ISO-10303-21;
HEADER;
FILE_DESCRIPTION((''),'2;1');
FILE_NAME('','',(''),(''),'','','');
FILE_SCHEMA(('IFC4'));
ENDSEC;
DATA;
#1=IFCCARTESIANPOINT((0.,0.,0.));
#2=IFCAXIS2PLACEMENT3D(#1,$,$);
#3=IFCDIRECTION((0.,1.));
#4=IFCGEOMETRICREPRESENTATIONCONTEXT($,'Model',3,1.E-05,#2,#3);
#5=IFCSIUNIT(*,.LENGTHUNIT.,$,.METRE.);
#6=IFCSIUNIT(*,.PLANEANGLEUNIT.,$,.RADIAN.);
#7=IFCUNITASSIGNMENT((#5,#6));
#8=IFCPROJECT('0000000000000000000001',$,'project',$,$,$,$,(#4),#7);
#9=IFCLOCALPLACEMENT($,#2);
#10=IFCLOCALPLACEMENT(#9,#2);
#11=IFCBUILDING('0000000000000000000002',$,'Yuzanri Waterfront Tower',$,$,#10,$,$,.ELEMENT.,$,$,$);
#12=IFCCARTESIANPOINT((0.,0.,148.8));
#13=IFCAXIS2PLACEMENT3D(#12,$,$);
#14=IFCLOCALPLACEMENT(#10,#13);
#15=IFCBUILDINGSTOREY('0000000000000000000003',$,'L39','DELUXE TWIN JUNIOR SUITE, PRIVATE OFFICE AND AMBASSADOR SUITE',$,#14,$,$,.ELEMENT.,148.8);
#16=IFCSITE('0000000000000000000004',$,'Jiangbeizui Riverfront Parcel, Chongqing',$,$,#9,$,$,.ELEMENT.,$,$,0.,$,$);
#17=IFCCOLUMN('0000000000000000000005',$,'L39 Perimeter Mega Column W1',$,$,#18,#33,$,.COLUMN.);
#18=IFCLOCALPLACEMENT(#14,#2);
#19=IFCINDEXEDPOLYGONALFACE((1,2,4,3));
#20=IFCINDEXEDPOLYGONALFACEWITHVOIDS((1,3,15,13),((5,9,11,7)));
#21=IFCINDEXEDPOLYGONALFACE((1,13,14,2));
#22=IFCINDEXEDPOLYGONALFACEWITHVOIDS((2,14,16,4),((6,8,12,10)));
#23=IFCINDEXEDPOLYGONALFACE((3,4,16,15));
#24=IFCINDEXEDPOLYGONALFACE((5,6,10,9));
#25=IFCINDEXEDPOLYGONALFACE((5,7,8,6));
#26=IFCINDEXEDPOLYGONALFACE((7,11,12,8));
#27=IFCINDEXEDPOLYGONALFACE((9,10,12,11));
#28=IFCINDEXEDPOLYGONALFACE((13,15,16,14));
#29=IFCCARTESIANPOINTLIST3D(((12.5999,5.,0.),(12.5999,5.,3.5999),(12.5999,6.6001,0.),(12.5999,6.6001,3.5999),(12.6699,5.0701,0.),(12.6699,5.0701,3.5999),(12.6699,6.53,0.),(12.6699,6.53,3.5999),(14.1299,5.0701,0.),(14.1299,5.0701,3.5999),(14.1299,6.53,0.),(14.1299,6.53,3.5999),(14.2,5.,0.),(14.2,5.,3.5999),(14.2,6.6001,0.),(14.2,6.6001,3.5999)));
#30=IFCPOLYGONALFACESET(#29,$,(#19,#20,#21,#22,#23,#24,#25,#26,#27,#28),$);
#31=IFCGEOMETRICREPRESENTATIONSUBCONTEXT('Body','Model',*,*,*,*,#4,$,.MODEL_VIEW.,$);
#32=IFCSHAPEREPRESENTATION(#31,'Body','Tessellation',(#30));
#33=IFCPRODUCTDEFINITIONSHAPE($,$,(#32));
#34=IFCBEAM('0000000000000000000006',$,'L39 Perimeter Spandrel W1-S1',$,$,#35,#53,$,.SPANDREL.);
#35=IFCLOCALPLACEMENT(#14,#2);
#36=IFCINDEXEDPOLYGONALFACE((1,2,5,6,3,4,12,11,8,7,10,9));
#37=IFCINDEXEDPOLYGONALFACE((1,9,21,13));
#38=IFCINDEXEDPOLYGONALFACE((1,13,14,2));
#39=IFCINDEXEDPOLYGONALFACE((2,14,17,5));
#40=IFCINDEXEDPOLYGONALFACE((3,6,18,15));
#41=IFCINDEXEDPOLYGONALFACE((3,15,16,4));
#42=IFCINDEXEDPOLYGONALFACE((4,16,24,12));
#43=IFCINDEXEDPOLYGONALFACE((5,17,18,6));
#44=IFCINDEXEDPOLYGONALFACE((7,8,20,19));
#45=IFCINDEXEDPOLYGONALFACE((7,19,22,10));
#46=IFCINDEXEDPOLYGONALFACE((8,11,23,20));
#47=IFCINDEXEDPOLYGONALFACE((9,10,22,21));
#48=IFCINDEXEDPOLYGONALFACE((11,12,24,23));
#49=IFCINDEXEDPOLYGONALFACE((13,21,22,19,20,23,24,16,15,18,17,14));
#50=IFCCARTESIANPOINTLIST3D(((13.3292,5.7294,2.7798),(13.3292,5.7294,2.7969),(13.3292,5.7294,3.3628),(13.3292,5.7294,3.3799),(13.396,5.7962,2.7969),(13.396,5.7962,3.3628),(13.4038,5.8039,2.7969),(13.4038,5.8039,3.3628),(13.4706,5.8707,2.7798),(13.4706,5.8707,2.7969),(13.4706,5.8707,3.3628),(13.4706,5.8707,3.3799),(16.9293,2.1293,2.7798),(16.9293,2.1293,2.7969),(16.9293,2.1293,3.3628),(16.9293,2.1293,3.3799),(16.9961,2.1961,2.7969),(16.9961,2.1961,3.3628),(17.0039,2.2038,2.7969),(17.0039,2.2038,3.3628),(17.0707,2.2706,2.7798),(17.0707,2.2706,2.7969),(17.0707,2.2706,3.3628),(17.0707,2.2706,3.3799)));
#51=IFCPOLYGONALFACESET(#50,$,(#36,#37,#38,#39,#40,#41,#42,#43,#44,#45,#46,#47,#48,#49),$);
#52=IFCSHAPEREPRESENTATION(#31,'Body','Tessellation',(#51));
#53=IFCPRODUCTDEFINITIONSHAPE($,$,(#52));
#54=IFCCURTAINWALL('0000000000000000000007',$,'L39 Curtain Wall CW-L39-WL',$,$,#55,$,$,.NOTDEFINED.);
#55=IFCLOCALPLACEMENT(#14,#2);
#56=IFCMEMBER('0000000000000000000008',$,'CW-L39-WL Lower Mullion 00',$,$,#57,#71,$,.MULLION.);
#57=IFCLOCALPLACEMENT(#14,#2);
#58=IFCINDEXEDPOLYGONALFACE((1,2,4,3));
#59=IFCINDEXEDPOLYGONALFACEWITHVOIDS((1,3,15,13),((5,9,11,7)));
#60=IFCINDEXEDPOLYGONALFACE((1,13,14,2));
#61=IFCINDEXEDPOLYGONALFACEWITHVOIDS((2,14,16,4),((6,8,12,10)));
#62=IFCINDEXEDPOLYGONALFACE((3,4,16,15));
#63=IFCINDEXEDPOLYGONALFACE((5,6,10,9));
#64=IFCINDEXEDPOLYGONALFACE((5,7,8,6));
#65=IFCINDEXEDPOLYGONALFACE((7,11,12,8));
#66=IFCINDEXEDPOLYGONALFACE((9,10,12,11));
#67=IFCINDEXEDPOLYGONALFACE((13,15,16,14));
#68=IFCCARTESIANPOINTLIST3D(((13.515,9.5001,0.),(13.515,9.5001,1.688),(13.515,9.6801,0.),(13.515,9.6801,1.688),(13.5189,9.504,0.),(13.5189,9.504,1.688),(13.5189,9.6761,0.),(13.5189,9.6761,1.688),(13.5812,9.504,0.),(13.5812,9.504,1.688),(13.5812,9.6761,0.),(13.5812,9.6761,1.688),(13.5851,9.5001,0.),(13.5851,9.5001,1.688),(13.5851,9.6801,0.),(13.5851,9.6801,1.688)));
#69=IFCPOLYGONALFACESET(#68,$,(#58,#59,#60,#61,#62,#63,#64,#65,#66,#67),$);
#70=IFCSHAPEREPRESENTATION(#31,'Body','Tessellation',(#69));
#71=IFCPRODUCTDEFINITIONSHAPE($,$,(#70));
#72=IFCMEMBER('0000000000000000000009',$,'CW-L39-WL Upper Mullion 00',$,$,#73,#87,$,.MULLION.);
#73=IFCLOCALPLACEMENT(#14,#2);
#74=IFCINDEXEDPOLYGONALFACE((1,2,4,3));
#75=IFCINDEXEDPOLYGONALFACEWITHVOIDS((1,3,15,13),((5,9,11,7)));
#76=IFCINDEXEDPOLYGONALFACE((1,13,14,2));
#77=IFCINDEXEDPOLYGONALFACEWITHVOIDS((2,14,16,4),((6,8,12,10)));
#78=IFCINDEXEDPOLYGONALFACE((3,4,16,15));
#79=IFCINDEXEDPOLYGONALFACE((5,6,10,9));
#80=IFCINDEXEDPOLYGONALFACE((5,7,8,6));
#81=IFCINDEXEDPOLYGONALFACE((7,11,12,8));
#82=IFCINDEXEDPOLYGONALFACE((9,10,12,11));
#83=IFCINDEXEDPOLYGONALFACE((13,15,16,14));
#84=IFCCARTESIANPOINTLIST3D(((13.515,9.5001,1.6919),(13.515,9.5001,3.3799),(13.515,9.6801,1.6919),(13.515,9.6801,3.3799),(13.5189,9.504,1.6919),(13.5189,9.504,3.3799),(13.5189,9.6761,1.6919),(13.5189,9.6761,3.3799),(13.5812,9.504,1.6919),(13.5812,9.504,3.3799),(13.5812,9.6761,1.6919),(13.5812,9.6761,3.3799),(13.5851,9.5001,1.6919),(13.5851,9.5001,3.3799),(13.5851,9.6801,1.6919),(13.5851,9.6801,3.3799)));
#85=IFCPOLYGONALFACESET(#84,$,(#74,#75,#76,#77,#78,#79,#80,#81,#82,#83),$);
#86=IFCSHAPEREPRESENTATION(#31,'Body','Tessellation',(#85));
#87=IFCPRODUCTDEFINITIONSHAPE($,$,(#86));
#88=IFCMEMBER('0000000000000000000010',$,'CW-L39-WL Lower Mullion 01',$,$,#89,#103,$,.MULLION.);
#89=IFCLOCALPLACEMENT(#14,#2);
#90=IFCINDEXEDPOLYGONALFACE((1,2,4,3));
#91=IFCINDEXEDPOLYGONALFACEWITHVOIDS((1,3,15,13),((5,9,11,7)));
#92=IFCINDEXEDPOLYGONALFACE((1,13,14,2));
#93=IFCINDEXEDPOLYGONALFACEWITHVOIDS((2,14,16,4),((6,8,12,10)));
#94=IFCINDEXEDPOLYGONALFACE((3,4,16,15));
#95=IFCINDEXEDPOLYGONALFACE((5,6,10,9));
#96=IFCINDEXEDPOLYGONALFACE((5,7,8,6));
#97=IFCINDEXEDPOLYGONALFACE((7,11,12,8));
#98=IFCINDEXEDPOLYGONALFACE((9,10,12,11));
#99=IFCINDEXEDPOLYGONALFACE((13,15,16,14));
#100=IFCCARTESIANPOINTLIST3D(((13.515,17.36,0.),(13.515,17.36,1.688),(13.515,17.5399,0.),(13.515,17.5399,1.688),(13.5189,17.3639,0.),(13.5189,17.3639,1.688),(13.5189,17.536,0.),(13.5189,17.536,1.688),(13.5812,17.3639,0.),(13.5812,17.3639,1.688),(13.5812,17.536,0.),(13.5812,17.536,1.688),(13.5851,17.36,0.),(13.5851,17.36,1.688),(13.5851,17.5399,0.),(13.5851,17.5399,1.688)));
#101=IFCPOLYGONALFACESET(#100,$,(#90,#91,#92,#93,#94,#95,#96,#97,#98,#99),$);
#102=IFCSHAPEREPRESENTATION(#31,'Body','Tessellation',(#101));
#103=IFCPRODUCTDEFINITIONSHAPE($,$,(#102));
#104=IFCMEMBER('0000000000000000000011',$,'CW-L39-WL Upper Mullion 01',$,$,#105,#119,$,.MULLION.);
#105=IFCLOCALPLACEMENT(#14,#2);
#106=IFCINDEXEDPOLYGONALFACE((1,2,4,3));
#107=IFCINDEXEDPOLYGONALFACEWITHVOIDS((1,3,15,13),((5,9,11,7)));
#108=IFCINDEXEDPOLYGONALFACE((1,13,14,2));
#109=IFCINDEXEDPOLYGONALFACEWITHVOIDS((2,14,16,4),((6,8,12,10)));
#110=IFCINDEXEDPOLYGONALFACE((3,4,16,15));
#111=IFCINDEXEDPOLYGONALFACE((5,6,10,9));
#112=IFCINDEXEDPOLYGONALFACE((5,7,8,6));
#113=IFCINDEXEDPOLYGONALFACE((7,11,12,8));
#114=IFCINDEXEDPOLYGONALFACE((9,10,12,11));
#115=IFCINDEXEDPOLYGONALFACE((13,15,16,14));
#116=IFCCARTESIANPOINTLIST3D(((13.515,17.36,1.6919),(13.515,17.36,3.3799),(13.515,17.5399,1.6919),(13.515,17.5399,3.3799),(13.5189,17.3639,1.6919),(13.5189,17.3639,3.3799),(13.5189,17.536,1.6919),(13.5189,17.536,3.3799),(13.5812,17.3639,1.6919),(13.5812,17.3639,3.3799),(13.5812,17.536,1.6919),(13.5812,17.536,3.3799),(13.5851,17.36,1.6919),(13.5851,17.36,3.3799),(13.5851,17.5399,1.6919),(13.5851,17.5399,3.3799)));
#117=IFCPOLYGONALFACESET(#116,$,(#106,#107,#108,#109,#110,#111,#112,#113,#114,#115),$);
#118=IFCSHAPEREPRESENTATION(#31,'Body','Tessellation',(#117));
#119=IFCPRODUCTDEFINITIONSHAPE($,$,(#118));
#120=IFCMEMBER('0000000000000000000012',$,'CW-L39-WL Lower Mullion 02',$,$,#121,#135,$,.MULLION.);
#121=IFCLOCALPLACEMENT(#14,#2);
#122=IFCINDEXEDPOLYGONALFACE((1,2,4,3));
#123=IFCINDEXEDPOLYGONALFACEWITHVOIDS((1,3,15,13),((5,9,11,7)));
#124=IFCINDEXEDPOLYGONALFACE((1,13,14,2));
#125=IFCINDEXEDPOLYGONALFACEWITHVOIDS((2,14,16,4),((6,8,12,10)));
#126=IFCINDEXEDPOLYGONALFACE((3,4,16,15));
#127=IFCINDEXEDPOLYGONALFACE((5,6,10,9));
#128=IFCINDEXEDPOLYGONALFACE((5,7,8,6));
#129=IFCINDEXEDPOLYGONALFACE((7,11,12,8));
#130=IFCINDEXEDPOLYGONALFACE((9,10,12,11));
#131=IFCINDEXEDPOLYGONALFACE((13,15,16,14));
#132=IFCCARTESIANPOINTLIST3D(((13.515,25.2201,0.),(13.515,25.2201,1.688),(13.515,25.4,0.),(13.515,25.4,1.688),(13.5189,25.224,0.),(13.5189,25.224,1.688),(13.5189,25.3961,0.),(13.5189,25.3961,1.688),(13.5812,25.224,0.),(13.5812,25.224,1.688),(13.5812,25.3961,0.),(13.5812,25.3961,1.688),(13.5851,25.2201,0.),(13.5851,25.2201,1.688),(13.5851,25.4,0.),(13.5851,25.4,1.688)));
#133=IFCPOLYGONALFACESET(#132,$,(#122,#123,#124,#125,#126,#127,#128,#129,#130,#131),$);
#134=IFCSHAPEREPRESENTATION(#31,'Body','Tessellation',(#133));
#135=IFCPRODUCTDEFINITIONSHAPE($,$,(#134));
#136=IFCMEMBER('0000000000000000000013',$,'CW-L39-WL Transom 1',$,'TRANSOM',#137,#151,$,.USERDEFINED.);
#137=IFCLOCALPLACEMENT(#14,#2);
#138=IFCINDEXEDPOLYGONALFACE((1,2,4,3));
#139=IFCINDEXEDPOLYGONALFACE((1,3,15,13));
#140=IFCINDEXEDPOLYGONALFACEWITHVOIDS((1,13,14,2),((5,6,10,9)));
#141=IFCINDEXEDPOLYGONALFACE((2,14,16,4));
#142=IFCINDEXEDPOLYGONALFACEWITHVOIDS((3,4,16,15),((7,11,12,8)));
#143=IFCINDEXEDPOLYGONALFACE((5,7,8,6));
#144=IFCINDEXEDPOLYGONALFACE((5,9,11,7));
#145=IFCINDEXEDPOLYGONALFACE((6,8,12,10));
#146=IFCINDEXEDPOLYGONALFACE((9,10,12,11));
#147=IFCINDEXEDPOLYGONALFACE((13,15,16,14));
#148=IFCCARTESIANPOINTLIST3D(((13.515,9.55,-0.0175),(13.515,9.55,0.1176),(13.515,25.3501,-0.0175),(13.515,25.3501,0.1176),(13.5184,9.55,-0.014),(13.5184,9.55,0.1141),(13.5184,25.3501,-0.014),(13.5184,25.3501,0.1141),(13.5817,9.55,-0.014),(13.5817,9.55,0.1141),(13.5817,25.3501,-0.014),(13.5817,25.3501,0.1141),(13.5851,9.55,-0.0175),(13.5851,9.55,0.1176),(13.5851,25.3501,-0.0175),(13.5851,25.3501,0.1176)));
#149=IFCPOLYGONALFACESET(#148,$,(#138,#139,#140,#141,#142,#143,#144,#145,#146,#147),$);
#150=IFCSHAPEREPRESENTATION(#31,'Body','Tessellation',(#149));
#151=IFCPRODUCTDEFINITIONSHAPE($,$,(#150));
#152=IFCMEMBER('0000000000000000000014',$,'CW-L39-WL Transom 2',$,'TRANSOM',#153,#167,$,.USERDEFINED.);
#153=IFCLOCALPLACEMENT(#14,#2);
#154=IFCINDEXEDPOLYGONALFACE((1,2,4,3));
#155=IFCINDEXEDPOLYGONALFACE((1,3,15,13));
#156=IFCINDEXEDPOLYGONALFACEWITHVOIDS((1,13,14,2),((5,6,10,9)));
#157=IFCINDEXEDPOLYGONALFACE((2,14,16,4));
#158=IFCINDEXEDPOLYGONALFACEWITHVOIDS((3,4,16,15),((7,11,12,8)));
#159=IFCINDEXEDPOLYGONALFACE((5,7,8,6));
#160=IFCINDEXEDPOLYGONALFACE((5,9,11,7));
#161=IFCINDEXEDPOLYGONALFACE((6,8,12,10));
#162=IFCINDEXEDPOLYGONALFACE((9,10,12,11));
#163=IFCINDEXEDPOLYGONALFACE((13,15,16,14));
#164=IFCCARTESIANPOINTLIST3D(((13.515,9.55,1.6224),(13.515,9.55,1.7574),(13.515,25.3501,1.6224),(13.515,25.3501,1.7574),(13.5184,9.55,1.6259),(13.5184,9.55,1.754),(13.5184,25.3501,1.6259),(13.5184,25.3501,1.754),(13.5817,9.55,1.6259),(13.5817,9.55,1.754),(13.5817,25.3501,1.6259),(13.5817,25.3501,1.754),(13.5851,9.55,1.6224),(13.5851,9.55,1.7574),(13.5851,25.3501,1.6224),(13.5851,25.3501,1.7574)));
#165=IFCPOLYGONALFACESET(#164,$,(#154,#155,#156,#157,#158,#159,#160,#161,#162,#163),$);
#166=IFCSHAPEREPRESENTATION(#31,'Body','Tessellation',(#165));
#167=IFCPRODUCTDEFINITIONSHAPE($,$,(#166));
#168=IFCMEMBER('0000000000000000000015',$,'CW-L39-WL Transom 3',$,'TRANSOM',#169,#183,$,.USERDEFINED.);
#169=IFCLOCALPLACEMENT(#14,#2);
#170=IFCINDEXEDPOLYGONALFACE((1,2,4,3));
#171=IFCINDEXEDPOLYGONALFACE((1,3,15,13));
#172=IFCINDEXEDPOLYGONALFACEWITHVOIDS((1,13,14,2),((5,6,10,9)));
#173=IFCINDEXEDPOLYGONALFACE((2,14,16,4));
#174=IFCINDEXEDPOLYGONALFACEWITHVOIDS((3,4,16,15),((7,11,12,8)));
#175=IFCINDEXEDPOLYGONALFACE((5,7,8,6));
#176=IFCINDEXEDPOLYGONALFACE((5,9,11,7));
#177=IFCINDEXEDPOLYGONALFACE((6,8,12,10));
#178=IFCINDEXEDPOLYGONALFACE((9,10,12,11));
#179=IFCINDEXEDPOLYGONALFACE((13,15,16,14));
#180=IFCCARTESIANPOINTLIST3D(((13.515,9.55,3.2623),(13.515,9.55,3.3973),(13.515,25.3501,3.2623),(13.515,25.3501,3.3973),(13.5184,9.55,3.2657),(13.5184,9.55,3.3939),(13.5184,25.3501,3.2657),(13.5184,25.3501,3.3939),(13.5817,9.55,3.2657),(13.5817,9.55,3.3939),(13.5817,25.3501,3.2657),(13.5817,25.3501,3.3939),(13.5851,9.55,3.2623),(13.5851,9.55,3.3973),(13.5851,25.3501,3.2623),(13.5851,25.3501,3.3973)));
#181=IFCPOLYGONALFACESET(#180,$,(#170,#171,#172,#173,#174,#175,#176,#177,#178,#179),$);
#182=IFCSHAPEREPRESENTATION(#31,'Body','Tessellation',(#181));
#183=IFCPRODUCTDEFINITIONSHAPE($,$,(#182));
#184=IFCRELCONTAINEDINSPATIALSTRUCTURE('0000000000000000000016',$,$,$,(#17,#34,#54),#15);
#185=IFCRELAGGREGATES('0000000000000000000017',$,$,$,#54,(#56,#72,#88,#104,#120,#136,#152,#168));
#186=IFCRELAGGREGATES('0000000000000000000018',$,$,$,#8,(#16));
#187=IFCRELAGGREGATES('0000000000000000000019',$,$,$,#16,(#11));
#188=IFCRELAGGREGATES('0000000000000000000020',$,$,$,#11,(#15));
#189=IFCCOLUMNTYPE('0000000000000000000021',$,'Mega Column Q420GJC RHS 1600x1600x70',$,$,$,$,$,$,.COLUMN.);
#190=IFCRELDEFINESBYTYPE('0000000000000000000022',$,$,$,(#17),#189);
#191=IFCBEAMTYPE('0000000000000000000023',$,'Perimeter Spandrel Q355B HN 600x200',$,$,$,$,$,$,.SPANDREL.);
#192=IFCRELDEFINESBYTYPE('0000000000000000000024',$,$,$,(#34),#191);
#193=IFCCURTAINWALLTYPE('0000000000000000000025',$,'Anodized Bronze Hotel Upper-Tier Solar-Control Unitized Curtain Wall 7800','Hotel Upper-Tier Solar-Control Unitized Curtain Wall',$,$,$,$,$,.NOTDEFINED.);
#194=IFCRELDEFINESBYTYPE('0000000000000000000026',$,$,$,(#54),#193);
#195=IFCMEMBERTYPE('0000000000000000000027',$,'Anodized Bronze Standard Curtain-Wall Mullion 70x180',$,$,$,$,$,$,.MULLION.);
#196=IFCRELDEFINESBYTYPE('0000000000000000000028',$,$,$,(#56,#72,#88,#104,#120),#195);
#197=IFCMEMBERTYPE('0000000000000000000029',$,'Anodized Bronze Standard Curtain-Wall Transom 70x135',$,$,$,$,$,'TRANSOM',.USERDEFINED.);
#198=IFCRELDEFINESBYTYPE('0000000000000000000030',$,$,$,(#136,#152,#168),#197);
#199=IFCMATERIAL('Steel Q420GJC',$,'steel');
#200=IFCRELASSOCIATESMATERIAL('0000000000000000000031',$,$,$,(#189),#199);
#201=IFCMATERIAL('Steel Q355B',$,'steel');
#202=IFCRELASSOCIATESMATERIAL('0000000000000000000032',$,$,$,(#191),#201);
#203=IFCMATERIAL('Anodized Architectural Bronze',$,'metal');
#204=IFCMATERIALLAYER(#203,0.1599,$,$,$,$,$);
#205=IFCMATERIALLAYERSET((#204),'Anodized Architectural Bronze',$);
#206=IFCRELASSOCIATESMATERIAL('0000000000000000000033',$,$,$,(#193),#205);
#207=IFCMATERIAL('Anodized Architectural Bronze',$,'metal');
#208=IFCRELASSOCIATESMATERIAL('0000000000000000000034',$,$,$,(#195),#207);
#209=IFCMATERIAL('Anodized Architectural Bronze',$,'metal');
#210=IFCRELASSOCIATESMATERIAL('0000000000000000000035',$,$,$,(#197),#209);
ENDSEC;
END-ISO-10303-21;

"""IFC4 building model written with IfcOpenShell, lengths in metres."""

from ifc_helpers import new_model, si_unit, direction, frame, origin, origin_2d, place, context, subcontext, project, spatial, hollow_rectangle, i_section, extrude, source, transform, mapped, material, layer, layer_set, material_profile, profile_set, type_object, element, aggregate, save


model = new_model("IFC4")

# Units and contexts
model_context = context("Model", 3, precision=1e-05, world=origin(), true_north=direction((0.0, 1.0)))
body_context = subcontext(model_context, "Body", "Model", "MODEL_VIEW")
ifc_project = project(units=[si_unit("LENGTHUNIT", "METRE"), si_unit("PLANEANGLEUNIT", "RADIAN")], contexts=[model_context])

# Site, building, storey
site_placement = place(None, origin())
site = spatial("IfcSite", under=ifc_project, at=site_placement, Name="Jiangbeizui Riverfront Parcel, Chongqing", CompositionType="ELEMENT", RefElevation=0.0)
building_placement = place(site_placement, origin())
building = spatial("IfcBuilding", under=site, at=building_placement, Name="Yuzanri Waterfront Tower", CompositionType="ELEMENT")
storey_placement = place(building_placement, frame((0.0, 0.0, 148.8)))
storey = spatial("IfcBuildingStorey", under=building, at=storey_placement, Name="L39", Description="DELUXE TWIN JUNIOR SUITE, PRIVATE OFFICE AND AMBASSADOR SUITE", CompositionType="ELEMENT", Elevation=148.8)

# Column
ifc_material_1 = material(Name="Steel Q420GJC", Category="steel")
ifc_material_profile_1 = material_profile(ifc_material_1, hollow_rectangle(XDim=1.6001, YDim=1.6001, WallThickness=0.0701, at=origin_2d()), Name="RHS 1600x1600x70")
ifc_profile_set_1 = profile_set([ifc_material_profile_1], Name="Steel Q420GJC")
column_type = type_object("IfcColumnType", Name="Mega Column Q420GJC RHS 1600x1600x70", PredefinedType="COLUMN", material=ifc_profile_set_1)
shared_shape_1 = source(origin(), body_context, "Body", "SweptSolid", [
    extrude(hollow_rectangle(XDim=1.6001, YDim=1.6001, WallThickness=0.0701, at=origin_2d()), origin(), (0.0, 0.0, 1.0), 3.5999),
])
column_placement = place(storey_placement, frame((13.3999, 5.8, 0.0), z_axis=(0.0, 0.0, 1.0), x_axis=(1.0, 0.0, 0.0)))
element("IfcColumn", 1, at=column_placement, inside=storey, type_object=column_type, Name="L39 Perimeter Mega Column W1", PredefinedType="COLUMN", context=body_context, shape_type="MappedRepresentation", body=[
    mapped(shared_shape_1, transform((0.0, 0.0, 0.0), scale=1.0)),
])

# Beam
ifc_material_2 = material(Name="Steel Q355B", Category="steel")
ifc_material_profile_2 = material_profile(ifc_material_2, i_section(OverallWidth=0.2, OverallDepth=0.6001, WebThickness=0.011, FlangeThickness=0.0171, at=origin_2d()), Name="HN 600x200x11x17")
ifc_profile_set_2 = profile_set([ifc_material_profile_2], Name="Steel Q355B")
beam_type = type_object("IfcBeamType", Name="Perimeter Spandrel Q355B HN 600x200", PredefinedType="SPANDREL", material=ifc_profile_set_2)
shared_shape_2 = source(origin(), body_context, "Body", "SweptSolid", [
    extrude(i_section(OverallWidth=0.2, OverallDepth=0.6001, WebThickness=0.011, FlangeThickness=0.0171, at=origin_2d()), origin(), (0.0, 0.0, 1.0), 5.0913),
])
beam_placement = place(storey_placement, frame((13.3999, 5.8, 3.0798), z_axis=(0.707107, -0.707107, 0.0), x_axis=(0.707107, 0.707107, 0.0)))
element("IfcBeam", 2, at=beam_placement, inside=storey, type_object=beam_type, Name="L39 Perimeter Spandrel W1-S1", PredefinedType="SPANDREL", context=body_context, shape_type="MappedRepresentation", body=[
    mapped(shared_shape_2, transform((0.0, 0.0, 0.0), scale=1.0)),
])

# Curtain wall, members
ifc_material_3 = material(Name="Anodized Architectural Bronze", Category="metal")
ifc_layer_1 = layer(ifc_material_3, 0.1599)
ifc_layer_set_1 = layer_set([ifc_layer_1], Name="Anodized Architectural Bronze")
curtain_wall_type = type_object("IfcCurtainWallType", Name="Anodized Bronze Hotel Upper-Tier Solar-Control Unitized Curtain Wall 7800", Description="Hotel Upper-Tier Solar-Control Unitized Curtain Wall", PredefinedType="NOTDEFINED", material=ifc_layer_set_1)
curtain_wall_placement = place(storey_placement, origin())
curtain_wall = element("IfcCurtainWall", 3, at=curtain_wall_placement, inside=storey, type_object=curtain_wall_type, Name="L39 Curtain Wall CW-L39-WL", PredefinedType="NOTDEFINED")
ifc_material_4 = material(Name="Anodized Architectural Bronze", Category="metal")
ifc_material_profile_3 = material_profile(ifc_material_4, hollow_rectangle(XDim=0.0701, YDim=0.1799, WallThickness=0.0039, at=origin_2d()), Name="CWM 70x180")
ifc_profile_set_3 = profile_set([ifc_material_profile_3], Name="Anodized Architectural Bronze")
member_type_1 = type_object("IfcMemberType", Name="Anodized Bronze Standard Curtain-Wall Mullion 70x180", PredefinedType="MULLION", material=ifc_profile_set_3)
shared_shape_3 = source(origin(), body_context, "Body", "SweptSolid", [
    extrude(hollow_rectangle(XDim=0.0701, YDim=0.1799, WallThickness=0.0039, at=origin_2d()), origin(), (0.0, 0.0, 1.0), 1.688),
])
member_1_placement = place(storey_placement, frame((13.55, 9.5901, 0.0), z_axis=(0.0, 0.0, 1.0), x_axis=(1.0, 0.0, 0.0)))
member_1 = element("IfcMember", 4, at=member_1_placement, type_object=member_type_1, Name="CW-L39-WL Lower Mullion 00", PredefinedType="MULLION", context=body_context, shape_type="MappedRepresentation", body=[
    mapped(shared_shape_3, transform((0.0, 0.0, 0.0), scale=1.0)),
])
member_2_placement = place(storey_placement, frame((13.55, 9.5901, 1.6919), z_axis=(0.0, 0.0, 1.0), x_axis=(1.0, 0.0, 0.0)))
member_2 = element("IfcMember", 5, at=member_2_placement, type_object=member_type_1, Name="CW-L39-WL Upper Mullion 00", PredefinedType="MULLION", context=body_context, shape_type="MappedRepresentation", body=[
    mapped(shared_shape_3, transform((0.0, 0.0, 0.0), scale=1.0)),
])
member_3_placement = place(storey_placement, frame((13.55, 17.45, 0.0), z_axis=(0.0, 0.0, 1.0), x_axis=(1.0, 0.0, 0.0)))
member_3 = element("IfcMember", 6, at=member_3_placement, type_object=member_type_1, Name="CW-L39-WL Lower Mullion 01", PredefinedType="MULLION", context=body_context, shape_type="MappedRepresentation", body=[
    mapped(shared_shape_3, transform((0.0, 0.0, 0.0), scale=1.0)),
])
member_4_placement = place(storey_placement, frame((13.55, 17.45, 1.6919), z_axis=(0.0, 0.0, 1.0), x_axis=(1.0, 0.0, 0.0)))
member_4 = element("IfcMember", 7, at=member_4_placement, type_object=member_type_1, Name="CW-L39-WL Upper Mullion 01", PredefinedType="MULLION", context=body_context, shape_type="MappedRepresentation", body=[
    mapped(shared_shape_3, transform((0.0, 0.0, 0.0), scale=1.0)),
])
member_5_placement = place(storey_placement, frame((13.55, 25.3101, 0.0), z_axis=(0.0, 0.0, 1.0), x_axis=(1.0, 0.0, 0.0)))
member_5 = element("IfcMember", 8, at=member_5_placement, type_object=member_type_1, Name="CW-L39-WL Lower Mullion 02", PredefinedType="MULLION", context=body_context, shape_type="MappedRepresentation", body=[
    mapped(shared_shape_3, transform((0.0, 0.0, 0.0), scale=1.0)),
])
ifc_material_5 = material(Name="Anodized Architectural Bronze", Category="metal")
ifc_material_profile_4 = material_profile(ifc_material_5, hollow_rectangle(XDim=0.0701, YDim=0.135, WallThickness=0.0034, at=origin_2d()), Name="CWT 70x135")
ifc_profile_set_4 = profile_set([ifc_material_profile_4], Name="Anodized Architectural Bronze")
member_type_2 = type_object("IfcMemberType", Name="Anodized Bronze Standard Curtain-Wall Transom 70x135", ElementType="TRANSOM", PredefinedType="USERDEFINED", material=ifc_profile_set_4)
shared_shape_4 = source(origin(), body_context, "Body", "SweptSolid", [
    extrude(hollow_rectangle(XDim=0.0701, YDim=0.135, WallThickness=0.0034, at=origin_2d()), origin(), (0.0, 0.0, 1.0), 15.8),
])
member_6_placement = place(storey_placement, frame((13.55, 9.55, 0.05), z_axis=(0.0, 1.0, 0.0), x_axis=(-1.0, 0.0, 0.0)))
member_6 = element("IfcMember", 9, at=member_6_placement, type_object=member_type_2, Name="CW-L39-WL Transom 1", ObjectType="TRANSOM", PredefinedType="USERDEFINED", context=body_context, shape_type="MappedRepresentation", body=[
    mapped(shared_shape_4, transform((0.0, 0.0, 0.0), scale=1.0)),
])
member_7_placement = place(storey_placement, frame((13.55, 9.55, 1.6899), z_axis=(0.0, 1.0, 0.0), x_axis=(-1.0, 0.0, 0.0)))
member_7 = element("IfcMember", 10, at=member_7_placement, type_object=member_type_2, Name="CW-L39-WL Transom 2", ObjectType="TRANSOM", PredefinedType="USERDEFINED", context=body_context, shape_type="MappedRepresentation", body=[
    mapped(shared_shape_4, transform((0.0, 0.0, 0.0), scale=1.0)),
])
member_8_placement = place(storey_placement, frame((13.55, 9.55, 3.3298), z_axis=(0.0, 1.0, 0.0), x_axis=(-1.0, 0.0, 0.0)))
member_8 = element("IfcMember", 11, at=member_8_placement, type_object=member_type_2, Name="CW-L39-WL Transom 3", ObjectType="TRANSOM", PredefinedType="USERDEFINED", context=body_context, shape_type="MappedRepresentation", body=[
    mapped(shared_shape_4, transform((0.0, 0.0, 0.0), scale=1.0)),
])

aggregate(curtain_wall, [member_1, member_2, member_3, member_4, member_5, member_6, member_7, member_8])

save(model, "model.ifc")
